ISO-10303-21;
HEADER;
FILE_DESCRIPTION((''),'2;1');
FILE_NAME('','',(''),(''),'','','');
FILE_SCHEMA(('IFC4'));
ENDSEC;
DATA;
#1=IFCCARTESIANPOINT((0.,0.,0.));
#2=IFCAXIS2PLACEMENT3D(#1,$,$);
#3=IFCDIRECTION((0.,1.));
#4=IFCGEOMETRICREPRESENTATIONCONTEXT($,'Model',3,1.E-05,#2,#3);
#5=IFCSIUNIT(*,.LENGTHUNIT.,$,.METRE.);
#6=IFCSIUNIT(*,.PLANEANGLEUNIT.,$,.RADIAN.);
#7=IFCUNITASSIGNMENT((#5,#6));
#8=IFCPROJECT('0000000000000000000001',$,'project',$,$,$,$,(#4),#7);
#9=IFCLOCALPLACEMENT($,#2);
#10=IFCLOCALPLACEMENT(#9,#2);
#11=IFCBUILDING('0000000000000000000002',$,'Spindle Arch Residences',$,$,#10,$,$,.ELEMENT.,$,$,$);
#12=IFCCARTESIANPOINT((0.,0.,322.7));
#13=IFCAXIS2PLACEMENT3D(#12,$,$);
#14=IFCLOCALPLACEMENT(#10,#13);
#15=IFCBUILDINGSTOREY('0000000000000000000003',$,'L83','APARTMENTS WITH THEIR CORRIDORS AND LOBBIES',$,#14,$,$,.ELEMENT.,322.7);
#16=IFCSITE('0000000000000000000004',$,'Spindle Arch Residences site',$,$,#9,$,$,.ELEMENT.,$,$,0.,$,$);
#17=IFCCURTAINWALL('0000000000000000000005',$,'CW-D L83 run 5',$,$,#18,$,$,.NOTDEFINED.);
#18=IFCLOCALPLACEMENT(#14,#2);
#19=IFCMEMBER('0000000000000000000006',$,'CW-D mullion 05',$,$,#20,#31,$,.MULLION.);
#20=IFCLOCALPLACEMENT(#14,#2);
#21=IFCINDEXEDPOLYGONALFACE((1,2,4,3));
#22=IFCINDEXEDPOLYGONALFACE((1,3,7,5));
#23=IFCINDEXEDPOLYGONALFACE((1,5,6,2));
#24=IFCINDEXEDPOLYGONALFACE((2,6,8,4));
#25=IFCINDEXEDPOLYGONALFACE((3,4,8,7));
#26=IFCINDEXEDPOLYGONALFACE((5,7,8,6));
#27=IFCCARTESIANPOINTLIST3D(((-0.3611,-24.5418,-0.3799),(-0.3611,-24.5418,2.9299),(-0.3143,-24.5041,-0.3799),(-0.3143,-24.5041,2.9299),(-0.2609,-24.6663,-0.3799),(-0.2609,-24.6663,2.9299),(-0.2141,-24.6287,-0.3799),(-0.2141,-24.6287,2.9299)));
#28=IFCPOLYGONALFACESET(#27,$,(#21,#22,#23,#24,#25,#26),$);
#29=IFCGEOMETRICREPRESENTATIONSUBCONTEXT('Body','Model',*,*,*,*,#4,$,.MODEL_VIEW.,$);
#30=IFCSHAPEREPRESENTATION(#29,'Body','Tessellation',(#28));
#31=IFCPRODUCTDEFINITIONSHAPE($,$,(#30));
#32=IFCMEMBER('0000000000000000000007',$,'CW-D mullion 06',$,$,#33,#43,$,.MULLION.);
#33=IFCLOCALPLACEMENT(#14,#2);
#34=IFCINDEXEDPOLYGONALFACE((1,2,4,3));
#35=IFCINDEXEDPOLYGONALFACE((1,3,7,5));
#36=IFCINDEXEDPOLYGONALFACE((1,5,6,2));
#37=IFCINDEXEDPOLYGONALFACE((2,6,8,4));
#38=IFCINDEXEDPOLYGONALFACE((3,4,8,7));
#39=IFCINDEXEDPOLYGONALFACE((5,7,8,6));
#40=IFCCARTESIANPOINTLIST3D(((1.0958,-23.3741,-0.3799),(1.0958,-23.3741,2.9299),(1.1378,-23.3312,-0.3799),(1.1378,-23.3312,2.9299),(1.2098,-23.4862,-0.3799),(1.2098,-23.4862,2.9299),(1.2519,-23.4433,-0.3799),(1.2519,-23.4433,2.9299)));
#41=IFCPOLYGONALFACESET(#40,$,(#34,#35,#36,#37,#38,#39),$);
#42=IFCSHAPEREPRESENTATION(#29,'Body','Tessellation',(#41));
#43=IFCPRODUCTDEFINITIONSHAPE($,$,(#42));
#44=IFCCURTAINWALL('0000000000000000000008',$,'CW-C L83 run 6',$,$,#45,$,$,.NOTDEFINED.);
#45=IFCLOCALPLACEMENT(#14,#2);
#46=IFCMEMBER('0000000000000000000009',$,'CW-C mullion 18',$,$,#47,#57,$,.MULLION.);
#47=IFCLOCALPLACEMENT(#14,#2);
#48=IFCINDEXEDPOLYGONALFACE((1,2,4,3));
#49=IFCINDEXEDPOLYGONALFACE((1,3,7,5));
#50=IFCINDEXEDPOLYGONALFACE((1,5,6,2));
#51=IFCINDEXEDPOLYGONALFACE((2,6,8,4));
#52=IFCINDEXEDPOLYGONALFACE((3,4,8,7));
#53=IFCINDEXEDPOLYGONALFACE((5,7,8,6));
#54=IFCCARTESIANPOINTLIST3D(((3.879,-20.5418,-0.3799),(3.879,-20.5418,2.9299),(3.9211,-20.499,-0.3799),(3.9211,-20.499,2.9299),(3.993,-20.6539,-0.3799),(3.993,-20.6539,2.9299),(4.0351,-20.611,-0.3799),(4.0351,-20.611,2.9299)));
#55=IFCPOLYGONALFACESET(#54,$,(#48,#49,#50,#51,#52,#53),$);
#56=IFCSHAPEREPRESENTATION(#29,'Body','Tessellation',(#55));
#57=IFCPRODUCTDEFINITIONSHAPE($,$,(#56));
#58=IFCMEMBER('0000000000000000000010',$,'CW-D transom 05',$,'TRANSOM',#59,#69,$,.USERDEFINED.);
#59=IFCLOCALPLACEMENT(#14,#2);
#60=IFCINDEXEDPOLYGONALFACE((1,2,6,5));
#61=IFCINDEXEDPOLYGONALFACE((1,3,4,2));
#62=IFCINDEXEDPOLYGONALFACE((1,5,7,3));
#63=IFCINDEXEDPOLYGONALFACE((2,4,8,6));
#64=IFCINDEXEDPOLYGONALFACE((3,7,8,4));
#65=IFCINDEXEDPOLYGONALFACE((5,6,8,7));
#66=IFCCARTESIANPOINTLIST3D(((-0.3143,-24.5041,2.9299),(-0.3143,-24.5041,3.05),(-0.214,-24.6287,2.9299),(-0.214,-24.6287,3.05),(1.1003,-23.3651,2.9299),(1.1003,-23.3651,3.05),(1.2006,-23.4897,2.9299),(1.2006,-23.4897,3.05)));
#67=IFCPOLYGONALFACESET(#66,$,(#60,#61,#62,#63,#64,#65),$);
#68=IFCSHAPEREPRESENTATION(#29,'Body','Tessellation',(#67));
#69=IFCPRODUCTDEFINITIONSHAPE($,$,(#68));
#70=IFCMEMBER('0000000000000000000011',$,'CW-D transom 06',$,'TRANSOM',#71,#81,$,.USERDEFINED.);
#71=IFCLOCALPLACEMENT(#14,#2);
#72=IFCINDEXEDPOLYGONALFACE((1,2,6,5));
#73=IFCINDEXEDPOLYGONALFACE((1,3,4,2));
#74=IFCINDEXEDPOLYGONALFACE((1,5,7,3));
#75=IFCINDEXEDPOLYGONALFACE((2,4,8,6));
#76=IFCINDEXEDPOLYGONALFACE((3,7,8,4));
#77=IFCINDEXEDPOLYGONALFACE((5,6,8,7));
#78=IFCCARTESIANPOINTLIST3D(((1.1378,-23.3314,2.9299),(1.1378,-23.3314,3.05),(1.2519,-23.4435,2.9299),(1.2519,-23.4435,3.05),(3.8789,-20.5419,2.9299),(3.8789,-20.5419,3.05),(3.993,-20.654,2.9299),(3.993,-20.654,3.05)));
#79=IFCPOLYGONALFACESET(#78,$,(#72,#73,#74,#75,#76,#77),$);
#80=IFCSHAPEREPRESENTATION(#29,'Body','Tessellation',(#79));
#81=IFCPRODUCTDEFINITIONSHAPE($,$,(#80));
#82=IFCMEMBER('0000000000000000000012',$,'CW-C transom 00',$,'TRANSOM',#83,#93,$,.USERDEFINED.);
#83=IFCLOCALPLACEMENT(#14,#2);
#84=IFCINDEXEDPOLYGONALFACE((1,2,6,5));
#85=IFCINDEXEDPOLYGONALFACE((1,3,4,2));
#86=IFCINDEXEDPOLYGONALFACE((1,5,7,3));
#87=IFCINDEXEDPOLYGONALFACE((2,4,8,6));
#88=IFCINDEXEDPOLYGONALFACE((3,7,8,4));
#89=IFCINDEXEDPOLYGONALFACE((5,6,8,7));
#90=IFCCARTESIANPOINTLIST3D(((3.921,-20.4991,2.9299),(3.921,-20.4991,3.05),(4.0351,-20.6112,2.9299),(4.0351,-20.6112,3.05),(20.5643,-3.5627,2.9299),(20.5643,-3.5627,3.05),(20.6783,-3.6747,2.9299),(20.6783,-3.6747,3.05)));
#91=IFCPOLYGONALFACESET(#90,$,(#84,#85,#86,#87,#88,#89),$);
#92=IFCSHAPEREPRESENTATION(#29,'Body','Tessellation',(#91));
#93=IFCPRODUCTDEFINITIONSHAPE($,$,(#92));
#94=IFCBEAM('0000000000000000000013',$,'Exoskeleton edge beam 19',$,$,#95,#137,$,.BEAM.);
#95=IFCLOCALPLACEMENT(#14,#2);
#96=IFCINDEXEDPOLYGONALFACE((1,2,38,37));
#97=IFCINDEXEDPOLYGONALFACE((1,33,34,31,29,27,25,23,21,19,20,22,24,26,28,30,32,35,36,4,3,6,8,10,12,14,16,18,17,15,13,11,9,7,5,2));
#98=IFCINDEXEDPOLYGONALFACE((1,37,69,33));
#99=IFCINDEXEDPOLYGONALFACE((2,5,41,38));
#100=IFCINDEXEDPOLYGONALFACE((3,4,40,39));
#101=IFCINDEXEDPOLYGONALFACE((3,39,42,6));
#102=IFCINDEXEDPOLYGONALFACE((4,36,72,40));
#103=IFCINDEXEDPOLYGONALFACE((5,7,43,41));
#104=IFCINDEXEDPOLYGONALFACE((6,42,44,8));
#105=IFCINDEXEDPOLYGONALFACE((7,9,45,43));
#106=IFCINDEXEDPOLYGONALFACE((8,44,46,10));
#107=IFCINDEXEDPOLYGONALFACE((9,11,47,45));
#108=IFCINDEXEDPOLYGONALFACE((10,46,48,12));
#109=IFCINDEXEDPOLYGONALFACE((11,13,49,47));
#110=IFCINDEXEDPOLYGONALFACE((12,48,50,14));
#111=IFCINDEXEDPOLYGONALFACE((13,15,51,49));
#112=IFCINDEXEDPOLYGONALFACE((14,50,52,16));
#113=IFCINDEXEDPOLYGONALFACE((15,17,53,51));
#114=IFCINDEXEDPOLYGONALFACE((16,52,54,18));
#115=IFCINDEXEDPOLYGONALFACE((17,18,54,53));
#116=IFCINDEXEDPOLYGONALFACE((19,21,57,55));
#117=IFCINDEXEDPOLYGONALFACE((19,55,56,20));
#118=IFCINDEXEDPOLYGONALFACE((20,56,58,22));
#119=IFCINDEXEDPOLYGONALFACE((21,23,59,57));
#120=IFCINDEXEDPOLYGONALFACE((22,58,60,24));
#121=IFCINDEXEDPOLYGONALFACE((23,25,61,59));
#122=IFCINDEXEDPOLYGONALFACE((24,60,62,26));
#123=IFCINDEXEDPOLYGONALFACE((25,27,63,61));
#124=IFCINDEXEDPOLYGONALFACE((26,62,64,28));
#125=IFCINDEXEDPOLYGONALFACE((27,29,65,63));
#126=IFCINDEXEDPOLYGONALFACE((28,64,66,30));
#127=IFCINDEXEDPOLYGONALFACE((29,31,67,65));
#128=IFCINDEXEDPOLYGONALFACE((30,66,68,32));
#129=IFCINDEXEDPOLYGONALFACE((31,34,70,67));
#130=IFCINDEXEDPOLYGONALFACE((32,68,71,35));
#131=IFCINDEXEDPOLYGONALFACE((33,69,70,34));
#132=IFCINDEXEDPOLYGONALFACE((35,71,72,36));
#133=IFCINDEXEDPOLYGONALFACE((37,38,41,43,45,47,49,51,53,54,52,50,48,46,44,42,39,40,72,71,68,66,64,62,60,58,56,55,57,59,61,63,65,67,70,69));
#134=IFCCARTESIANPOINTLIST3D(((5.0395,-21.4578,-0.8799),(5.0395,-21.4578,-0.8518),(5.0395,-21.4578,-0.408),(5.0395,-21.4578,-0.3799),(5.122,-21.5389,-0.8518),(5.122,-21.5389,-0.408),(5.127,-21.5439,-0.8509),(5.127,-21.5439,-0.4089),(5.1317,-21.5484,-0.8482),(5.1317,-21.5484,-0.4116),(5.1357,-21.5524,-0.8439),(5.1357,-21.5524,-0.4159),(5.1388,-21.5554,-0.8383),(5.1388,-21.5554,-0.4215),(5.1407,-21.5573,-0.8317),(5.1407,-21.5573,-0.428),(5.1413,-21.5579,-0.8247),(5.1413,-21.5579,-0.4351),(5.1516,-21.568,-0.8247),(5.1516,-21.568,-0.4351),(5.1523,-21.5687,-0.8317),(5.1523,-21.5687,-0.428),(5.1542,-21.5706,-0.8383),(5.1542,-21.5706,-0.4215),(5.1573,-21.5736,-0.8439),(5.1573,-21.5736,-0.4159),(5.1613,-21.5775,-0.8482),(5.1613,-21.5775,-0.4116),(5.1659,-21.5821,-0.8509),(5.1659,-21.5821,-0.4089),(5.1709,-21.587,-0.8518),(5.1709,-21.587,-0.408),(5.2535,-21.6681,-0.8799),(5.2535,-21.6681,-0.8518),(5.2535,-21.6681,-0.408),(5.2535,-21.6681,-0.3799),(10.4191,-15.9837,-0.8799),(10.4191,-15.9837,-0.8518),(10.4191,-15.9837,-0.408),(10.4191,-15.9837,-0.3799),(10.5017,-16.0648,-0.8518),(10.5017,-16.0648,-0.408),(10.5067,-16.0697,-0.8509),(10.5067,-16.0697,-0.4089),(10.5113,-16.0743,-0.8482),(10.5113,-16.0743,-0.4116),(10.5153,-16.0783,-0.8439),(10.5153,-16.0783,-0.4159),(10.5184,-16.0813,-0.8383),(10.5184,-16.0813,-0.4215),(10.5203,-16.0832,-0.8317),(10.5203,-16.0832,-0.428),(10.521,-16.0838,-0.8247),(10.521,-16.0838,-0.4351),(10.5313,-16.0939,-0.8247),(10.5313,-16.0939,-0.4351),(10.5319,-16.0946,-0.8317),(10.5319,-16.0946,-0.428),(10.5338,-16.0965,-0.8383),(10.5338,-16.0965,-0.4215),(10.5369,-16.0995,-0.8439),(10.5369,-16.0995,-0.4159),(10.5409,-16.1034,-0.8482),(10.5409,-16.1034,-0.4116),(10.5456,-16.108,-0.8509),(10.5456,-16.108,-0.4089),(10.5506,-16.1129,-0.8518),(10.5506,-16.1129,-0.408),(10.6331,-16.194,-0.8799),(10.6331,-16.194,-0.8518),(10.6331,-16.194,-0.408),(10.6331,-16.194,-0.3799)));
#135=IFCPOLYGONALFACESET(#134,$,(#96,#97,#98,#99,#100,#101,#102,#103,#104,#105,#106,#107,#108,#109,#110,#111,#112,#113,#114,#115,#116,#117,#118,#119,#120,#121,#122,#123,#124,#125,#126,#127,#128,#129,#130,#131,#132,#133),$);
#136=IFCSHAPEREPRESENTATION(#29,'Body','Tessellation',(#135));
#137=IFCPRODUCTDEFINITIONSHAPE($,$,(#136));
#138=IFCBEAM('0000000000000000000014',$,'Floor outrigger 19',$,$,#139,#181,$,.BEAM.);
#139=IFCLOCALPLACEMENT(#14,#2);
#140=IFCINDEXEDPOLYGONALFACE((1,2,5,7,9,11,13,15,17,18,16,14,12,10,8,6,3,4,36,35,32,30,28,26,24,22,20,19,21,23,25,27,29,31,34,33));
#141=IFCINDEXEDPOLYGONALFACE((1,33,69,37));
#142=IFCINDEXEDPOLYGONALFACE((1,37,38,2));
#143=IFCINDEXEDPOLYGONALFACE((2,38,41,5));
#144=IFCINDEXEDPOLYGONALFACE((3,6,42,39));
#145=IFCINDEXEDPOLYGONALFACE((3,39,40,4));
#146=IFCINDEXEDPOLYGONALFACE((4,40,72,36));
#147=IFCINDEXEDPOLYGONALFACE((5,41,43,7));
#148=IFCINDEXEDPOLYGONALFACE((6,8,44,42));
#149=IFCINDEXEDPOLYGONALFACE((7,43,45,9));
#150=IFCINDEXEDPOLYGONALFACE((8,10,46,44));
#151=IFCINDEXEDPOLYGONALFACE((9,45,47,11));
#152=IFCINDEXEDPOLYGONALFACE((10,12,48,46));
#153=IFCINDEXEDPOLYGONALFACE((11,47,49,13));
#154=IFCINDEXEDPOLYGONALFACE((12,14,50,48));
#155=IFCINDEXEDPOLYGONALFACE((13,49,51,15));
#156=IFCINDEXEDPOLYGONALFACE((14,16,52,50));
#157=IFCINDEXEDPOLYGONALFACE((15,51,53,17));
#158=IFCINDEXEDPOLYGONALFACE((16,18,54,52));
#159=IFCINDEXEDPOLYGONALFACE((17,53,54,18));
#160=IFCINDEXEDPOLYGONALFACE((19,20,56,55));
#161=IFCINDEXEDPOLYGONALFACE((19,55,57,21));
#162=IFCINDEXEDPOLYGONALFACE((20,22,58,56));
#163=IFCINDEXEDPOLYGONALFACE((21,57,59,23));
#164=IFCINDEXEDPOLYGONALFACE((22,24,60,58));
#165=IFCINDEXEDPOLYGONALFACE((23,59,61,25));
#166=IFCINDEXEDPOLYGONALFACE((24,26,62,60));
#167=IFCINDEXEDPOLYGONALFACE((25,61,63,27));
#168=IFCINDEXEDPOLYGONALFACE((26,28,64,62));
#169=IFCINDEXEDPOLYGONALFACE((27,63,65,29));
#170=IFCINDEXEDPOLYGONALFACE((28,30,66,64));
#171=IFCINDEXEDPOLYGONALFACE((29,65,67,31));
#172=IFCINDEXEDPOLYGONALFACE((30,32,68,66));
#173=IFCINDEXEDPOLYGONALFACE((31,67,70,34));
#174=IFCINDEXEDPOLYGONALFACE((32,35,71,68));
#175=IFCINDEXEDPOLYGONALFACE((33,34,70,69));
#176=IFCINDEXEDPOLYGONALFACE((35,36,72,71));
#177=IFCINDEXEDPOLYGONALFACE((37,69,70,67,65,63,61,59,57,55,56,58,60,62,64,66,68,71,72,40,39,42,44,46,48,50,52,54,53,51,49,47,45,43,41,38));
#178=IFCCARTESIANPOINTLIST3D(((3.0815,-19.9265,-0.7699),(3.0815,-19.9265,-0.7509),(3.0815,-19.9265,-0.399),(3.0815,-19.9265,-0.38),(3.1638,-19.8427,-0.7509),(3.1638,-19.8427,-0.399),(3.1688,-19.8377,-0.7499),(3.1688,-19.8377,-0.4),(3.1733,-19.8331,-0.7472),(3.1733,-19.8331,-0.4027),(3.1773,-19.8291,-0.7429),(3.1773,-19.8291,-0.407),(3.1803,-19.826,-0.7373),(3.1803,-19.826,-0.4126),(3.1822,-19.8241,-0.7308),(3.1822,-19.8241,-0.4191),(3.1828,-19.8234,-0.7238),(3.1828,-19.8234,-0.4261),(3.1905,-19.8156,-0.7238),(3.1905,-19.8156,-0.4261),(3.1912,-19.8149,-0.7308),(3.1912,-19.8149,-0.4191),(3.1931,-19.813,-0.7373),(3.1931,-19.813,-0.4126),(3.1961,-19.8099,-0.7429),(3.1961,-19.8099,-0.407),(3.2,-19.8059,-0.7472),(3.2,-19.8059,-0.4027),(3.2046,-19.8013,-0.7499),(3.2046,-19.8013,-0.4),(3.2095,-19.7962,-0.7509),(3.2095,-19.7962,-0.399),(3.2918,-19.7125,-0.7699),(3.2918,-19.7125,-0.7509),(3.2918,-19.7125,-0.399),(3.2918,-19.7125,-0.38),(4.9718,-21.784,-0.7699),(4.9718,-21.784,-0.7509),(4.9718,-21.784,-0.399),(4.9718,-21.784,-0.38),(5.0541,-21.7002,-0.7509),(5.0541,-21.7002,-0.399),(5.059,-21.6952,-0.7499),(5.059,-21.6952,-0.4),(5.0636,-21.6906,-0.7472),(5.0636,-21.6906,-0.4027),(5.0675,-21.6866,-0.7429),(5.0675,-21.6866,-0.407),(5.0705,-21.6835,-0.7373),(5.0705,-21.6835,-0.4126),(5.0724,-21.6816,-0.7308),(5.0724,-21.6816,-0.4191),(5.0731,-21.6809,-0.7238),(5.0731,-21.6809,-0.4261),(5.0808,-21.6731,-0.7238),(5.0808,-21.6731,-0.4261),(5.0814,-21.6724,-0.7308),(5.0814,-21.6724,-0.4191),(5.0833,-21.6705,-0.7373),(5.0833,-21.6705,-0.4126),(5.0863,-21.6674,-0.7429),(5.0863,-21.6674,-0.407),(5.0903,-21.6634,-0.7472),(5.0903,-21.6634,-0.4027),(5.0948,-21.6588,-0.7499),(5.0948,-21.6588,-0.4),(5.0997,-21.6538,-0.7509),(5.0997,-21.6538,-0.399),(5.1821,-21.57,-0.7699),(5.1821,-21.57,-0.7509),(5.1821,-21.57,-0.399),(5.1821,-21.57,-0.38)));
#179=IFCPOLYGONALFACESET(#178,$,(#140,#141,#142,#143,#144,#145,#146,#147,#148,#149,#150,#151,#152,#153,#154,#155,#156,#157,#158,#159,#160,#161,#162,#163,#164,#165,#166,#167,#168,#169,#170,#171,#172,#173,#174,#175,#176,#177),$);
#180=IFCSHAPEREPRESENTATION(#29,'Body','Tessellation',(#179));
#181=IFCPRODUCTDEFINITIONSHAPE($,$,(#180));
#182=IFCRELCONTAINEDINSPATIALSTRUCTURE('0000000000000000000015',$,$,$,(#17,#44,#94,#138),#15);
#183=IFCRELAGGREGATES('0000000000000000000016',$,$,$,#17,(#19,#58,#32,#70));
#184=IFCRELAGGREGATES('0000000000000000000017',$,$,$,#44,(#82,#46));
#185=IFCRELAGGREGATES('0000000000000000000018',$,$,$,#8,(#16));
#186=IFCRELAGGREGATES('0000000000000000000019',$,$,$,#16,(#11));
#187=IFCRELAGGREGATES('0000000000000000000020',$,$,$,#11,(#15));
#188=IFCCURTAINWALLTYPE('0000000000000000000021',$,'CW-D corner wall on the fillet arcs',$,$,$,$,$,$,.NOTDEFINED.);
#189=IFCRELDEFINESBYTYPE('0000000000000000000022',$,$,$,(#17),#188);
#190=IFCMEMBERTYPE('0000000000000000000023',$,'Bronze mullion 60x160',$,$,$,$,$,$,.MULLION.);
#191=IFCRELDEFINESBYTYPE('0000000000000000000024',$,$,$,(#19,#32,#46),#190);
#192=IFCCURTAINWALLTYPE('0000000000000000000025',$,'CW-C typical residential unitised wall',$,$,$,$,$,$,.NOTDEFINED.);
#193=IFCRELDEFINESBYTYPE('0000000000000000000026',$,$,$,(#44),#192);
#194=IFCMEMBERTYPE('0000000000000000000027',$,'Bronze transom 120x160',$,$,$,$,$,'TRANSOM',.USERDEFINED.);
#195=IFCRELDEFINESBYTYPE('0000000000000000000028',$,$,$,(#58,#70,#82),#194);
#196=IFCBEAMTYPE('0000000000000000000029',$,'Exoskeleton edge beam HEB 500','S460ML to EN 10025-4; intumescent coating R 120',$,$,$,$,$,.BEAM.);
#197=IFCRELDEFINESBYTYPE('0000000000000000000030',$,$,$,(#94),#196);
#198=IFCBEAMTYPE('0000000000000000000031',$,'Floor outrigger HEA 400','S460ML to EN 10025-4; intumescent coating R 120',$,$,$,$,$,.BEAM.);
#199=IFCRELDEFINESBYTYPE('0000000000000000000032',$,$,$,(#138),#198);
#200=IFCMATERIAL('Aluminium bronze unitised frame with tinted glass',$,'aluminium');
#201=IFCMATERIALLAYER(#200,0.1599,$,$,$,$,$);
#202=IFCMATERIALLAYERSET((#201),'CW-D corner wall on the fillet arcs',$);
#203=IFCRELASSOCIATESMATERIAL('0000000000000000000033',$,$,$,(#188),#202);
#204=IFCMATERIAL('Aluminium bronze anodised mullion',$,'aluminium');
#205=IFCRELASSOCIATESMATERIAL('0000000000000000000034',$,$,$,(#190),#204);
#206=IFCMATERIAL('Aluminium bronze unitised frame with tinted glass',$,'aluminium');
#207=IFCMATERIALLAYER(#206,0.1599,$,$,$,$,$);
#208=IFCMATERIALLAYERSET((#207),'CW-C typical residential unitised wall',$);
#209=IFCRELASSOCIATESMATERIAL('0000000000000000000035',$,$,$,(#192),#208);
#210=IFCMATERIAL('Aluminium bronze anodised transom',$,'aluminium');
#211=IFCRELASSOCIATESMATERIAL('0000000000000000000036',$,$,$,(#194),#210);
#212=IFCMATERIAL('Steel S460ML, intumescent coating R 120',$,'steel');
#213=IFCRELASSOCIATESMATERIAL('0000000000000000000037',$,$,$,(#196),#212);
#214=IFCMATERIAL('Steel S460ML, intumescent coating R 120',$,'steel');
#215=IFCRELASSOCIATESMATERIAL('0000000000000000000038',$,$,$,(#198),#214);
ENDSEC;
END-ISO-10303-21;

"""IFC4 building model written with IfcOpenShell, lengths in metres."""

from ifc_helpers import new_model, si_unit, direction, frame, origin, origin_2d, place, context, subcontext, project, spatial, rectangle, i_section, extrude, material, layer, layer_set, material_profile, profile_set, type_object, element, aggregate, save


model = new_model("IFC4")

# Units and contexts
model_context = context("Model", 3, precision=1e-05, world=origin(), true_north=direction((0.0, 1.0)))
body_context = subcontext(model_context, "Body", "Model", "MODEL_VIEW")
ifc_project = project(units=[si_unit("LENGTHUNIT", "METRE"), si_unit("PLANEANGLEUNIT", "RADIAN")], contexts=[model_context])

# Site, building, storey
site_placement = place(None, origin())
site = spatial("IfcSite", under=ifc_project, at=site_placement, Name="Spindle Arch Residences site", CompositionType="ELEMENT", RefElevation=0.0)
building_placement = place(site_placement, origin())
building = spatial("IfcBuilding", under=site, at=building_placement, Name="Spindle Arch Residences", CompositionType="ELEMENT")
storey_placement = place(building_placement, frame((0.0, 0.0, 322.7)))
storey = spatial("IfcBuildingStorey", under=building, at=storey_placement, Name="L83", Description="APARTMENTS WITH THEIR CORRIDORS AND LOBBIES", CompositionType="ELEMENT", Elevation=322.7)

# Curtain wall, members
ifc_material_1 = material(Name="Aluminium bronze unitised frame with tinted glass", Category="aluminium")
ifc_layer_1 = layer(ifc_material_1, 0.1599)
ifc_layer_set_1 = layer_set([ifc_layer_1], Name="CW-D corner wall on the fillet arcs")
curtain_wall_type_1 = type_object("IfcCurtainWallType", Name="CW-D corner wall on the fillet arcs", PredefinedType="NOTDEFINED", material=ifc_layer_set_1)
curtain_wall_1_placement = place(storey_placement, origin())
curtain_wall_1 = element("IfcCurtainWall", 1, at=curtain_wall_1_placement, inside=storey, type_object=curtain_wall_type_1, Name="CW-D L83 run 5", PredefinedType="NOTDEFINED")
ifc_material_2 = material(Name="Aluminium bronze anodised mullion", Category="aluminium")
ifc_material_profile_1 = material_profile(ifc_material_2, rectangle(XDim=0.1599, YDim=0.0601, at=origin_2d()), Name="MU 60x160")
ifc_profile_set_1 = profile_set([ifc_material_profile_1], Name="Aluminium bronze anodised mullion")
member_type_1 = type_object("IfcMemberType", Name="Bronze mullion 60x160", PredefinedType="MULLION", material=ifc_profile_set_1)
member_1_placement = place(storey_placement, frame((-0.2876, -24.5852, -0.3799), z_axis=(0.0, 0.0, 1.0), x_axis=(-0.627057, 0.778973, 0.0)))
member_1 = element("IfcMember", 2, at=member_1_placement, type_object=member_type_1, Name="CW-D mullion 05", PredefinedType="MULLION", context=body_context, shape_type="SweptSolid", body=[
    extrude(rectangle(XDim=0.1599, YDim=0.0601, at=origin_2d()), origin(), (0.0, 0.0, 1.0), 3.3098),
])
member_2_placement = place(storey_placement, frame((1.1738, -23.4087, -0.3799), z_axis=(0.0, 0.0, 1.0), x_axis=(-0.71325, 0.700909, 0.0)))
member_2 = element("IfcMember", 3, at=member_2_placement, type_object=member_type_1, Name="CW-D mullion 06", PredefinedType="MULLION", context=body_context, shape_type="SweptSolid", body=[
    extrude(rectangle(XDim=0.1599, YDim=0.0601, at=origin_2d()), origin(), (0.0, 0.0, 1.0), 3.3098),
])

# Curtain wall, member
ifc_material_3 = material(Name="Aluminium bronze unitised frame with tinted glass", Category="aluminium")
ifc_layer_2 = layer(ifc_material_3, 0.1599)
ifc_layer_set_2 = layer_set([ifc_layer_2], Name="CW-C typical residential unitised wall")
curtain_wall_type_2 = type_object("IfcCurtainWallType", Name="CW-C typical residential unitised wall", PredefinedType="NOTDEFINED", material=ifc_layer_set_2)
curtain_wall_2_placement = place(storey_placement, origin())
curtain_wall_2 = element("IfcCurtainWall", 4, at=curtain_wall_2_placement, inside=storey, type_object=curtain_wall_type_2, Name="CW-C L83 run 6", PredefinedType="NOTDEFINED")
member_3_placement = place(storey_placement, frame((3.957, -20.5764, -0.3799), z_axis=(0.0, 0.0, 1.0), x_axis=(-0.71325, 0.700909, 0.0)))
member_3 = element("IfcMember", 5, at=member_3_placement, type_object=member_type_1, Name="CW-C mullion 18", PredefinedType="MULLION", context=body_context, shape_type="SweptSolid", body=[
    extrude(rectangle(XDim=0.1599, YDim=0.0601, at=origin_2d()), origin(), (0.0, 0.0, 1.0), 3.3098),
])

# Members
ifc_material_4 = material(Name="Aluminium bronze anodised transom", Category="aluminium")
ifc_material_profile_2 = material_profile(ifc_material_4, rectangle(XDim=0.1599, YDim=0.1201, at=origin_2d()), Name="TR 120x160")
ifc_profile_set_2 = profile_set([ifc_material_profile_2], Name="Aluminium bronze anodised transom")
member_type_2 = type_object("IfcMemberType", Name="Bronze transom 120x160", ElementType="TRANSOM", PredefinedType="USERDEFINED", material=ifc_profile_set_2)
member_4_placement = place(storey_placement, frame((-0.2642, -24.5664, 2.99), z_axis=(0.778911, 0.627135, 0.0), x_axis=(-0.627135, 0.778911, 0.0)))
member_4 = element("IfcMember", 6, at=member_4_placement, type_object=member_type_2, Name="CW-D transom 05", ObjectType="TRANSOM", PredefinedType="USERDEFINED", context=body_context, shape_type="SweptSolid", body=[
    extrude(rectangle(XDim=0.1599, YDim=0.1201, at=origin_2d()), origin(), (0.0, 0.0, 1.0), 1.8162),
])
member_5_placement = place(storey_placement, frame((1.1948, -23.3875, 2.99), z_axis=(0.7009, 0.71326, 0.0), x_axis=(-0.71326, 0.7009, 0.0)))
member_5 = element("IfcMember", 7, at=member_5_placement, type_object=member_type_2, Name="CW-D transom 06", ObjectType="TRANSOM", PredefinedType="USERDEFINED", context=body_context, shape_type="SweptSolid", body=[
    extrude(rectangle(XDim=0.1599, YDim=0.1201, at=origin_2d()), origin(), (0.0, 0.0, 1.0), 3.9109),
])
member_6_placement = place(storey_placement, frame((3.978, -20.5552, 2.99), z_axis=(0.700906, 0.713254, 0.0), x_axis=(-0.713254, 0.700906, 0.0)))
member_6 = element("IfcMember", 8, at=member_6_placement, type_object=member_type_2, Name="CW-C transom 00", ObjectType="TRANSOM", PredefinedType="USERDEFINED", context=body_context, shape_type="SweptSolid", body=[
    extrude(rectangle(XDim=0.1599, YDim=0.1201, at=origin_2d()), origin(), (0.0, 0.0, 1.0), 23.7454),
])

# Beams
ifc_material_5 = material(Name="Steel S460ML, intumescent coating R 120", Category="steel")
ifc_material_profile_3 = material_profile(ifc_material_5, i_section(OverallWidth=0.3, OverallDepth=0.5, WebThickness=0.0144, FlangeThickness=0.0281, FilletRadius=0.0271, at=origin_2d()), Name="HEB 500")
ifc_profile_set_3 = profile_set([ifc_material_profile_3], Name="Steel S460ML, intumescent coating R 120")
beam_type_1 = type_object("IfcBeamType", Name="Exoskeleton edge beam HEB 500", Description="S460ML to EN 10025-4; intumescent coating R 120", PredefinedType="BEAM", material=ifc_profile_set_3)
beam_1_placement = place(storey_placement, frame((5.1465, -21.563, -0.6299), z_axis=(0.700925, 0.713235, 0.0), x_axis=(-0.713235, 0.700925, 0.0)))
element("IfcBeam", 9, at=beam_1_placement, inside=storey, type_object=beam_type_1, Name="Exoskeleton edge beam 19", PredefinedType="BEAM", context=body_context, shape_type="SweptSolid", body=[
    extrude(i_section(OverallWidth=0.3, OverallDepth=0.5, WebThickness=0.0144, FlangeThickness=0.0281, FilletRadius=0.0271, at=origin_2d()), origin(), (0.0, 0.0, 1.0), 7.675),
])
ifc_material_6 = material(Name="Steel S460ML, intumescent coating R 120", Category="steel")
ifc_material_profile_4 = material_profile(ifc_material_6, i_section(OverallWidth=0.3, OverallDepth=0.3899, WebThickness=0.011, FlangeThickness=0.019, FilletRadius=0.0271, at=origin_2d()), Name="HEA 400")
ifc_profile_set_4 = profile_set([ifc_material_profile_4], Name="Steel S460ML, intumescent coating R 120")
beam_type_2 = type_object("IfcBeamType", Name="Floor outrigger HEA 400", Description="S460ML to EN 10025-4; intumescent coating R 120", PredefinedType="BEAM", material=ifc_profile_set_4)
beam_2_placement = place(storey_placement, frame((5.0769, -21.677, -0.575), z_axis=(-0.713252, 0.700907, 0.0), x_axis=(-0.700907, -0.713252, 0.0)))
element("IfcBeam", 10, at=beam_2_placement, inside=storey, type_object=beam_type_2, Name="Floor outrigger 19", PredefinedType="BEAM", context=body_context, shape_type="SweptSolid", body=[
    extrude(i_section(OverallWidth=0.3, OverallDepth=0.3899, WebThickness=0.011, FlangeThickness=0.019, FilletRadius=0.0271, at=origin_2d()), origin(), (0.0, 0.0, 1.0), 2.6501),
])

aggregate(curtain_wall_1, [member_1, member_4, member_2, member_5])
aggregate(curtain_wall_2, [member_6, member_3])

save(model, "model.ifc")
